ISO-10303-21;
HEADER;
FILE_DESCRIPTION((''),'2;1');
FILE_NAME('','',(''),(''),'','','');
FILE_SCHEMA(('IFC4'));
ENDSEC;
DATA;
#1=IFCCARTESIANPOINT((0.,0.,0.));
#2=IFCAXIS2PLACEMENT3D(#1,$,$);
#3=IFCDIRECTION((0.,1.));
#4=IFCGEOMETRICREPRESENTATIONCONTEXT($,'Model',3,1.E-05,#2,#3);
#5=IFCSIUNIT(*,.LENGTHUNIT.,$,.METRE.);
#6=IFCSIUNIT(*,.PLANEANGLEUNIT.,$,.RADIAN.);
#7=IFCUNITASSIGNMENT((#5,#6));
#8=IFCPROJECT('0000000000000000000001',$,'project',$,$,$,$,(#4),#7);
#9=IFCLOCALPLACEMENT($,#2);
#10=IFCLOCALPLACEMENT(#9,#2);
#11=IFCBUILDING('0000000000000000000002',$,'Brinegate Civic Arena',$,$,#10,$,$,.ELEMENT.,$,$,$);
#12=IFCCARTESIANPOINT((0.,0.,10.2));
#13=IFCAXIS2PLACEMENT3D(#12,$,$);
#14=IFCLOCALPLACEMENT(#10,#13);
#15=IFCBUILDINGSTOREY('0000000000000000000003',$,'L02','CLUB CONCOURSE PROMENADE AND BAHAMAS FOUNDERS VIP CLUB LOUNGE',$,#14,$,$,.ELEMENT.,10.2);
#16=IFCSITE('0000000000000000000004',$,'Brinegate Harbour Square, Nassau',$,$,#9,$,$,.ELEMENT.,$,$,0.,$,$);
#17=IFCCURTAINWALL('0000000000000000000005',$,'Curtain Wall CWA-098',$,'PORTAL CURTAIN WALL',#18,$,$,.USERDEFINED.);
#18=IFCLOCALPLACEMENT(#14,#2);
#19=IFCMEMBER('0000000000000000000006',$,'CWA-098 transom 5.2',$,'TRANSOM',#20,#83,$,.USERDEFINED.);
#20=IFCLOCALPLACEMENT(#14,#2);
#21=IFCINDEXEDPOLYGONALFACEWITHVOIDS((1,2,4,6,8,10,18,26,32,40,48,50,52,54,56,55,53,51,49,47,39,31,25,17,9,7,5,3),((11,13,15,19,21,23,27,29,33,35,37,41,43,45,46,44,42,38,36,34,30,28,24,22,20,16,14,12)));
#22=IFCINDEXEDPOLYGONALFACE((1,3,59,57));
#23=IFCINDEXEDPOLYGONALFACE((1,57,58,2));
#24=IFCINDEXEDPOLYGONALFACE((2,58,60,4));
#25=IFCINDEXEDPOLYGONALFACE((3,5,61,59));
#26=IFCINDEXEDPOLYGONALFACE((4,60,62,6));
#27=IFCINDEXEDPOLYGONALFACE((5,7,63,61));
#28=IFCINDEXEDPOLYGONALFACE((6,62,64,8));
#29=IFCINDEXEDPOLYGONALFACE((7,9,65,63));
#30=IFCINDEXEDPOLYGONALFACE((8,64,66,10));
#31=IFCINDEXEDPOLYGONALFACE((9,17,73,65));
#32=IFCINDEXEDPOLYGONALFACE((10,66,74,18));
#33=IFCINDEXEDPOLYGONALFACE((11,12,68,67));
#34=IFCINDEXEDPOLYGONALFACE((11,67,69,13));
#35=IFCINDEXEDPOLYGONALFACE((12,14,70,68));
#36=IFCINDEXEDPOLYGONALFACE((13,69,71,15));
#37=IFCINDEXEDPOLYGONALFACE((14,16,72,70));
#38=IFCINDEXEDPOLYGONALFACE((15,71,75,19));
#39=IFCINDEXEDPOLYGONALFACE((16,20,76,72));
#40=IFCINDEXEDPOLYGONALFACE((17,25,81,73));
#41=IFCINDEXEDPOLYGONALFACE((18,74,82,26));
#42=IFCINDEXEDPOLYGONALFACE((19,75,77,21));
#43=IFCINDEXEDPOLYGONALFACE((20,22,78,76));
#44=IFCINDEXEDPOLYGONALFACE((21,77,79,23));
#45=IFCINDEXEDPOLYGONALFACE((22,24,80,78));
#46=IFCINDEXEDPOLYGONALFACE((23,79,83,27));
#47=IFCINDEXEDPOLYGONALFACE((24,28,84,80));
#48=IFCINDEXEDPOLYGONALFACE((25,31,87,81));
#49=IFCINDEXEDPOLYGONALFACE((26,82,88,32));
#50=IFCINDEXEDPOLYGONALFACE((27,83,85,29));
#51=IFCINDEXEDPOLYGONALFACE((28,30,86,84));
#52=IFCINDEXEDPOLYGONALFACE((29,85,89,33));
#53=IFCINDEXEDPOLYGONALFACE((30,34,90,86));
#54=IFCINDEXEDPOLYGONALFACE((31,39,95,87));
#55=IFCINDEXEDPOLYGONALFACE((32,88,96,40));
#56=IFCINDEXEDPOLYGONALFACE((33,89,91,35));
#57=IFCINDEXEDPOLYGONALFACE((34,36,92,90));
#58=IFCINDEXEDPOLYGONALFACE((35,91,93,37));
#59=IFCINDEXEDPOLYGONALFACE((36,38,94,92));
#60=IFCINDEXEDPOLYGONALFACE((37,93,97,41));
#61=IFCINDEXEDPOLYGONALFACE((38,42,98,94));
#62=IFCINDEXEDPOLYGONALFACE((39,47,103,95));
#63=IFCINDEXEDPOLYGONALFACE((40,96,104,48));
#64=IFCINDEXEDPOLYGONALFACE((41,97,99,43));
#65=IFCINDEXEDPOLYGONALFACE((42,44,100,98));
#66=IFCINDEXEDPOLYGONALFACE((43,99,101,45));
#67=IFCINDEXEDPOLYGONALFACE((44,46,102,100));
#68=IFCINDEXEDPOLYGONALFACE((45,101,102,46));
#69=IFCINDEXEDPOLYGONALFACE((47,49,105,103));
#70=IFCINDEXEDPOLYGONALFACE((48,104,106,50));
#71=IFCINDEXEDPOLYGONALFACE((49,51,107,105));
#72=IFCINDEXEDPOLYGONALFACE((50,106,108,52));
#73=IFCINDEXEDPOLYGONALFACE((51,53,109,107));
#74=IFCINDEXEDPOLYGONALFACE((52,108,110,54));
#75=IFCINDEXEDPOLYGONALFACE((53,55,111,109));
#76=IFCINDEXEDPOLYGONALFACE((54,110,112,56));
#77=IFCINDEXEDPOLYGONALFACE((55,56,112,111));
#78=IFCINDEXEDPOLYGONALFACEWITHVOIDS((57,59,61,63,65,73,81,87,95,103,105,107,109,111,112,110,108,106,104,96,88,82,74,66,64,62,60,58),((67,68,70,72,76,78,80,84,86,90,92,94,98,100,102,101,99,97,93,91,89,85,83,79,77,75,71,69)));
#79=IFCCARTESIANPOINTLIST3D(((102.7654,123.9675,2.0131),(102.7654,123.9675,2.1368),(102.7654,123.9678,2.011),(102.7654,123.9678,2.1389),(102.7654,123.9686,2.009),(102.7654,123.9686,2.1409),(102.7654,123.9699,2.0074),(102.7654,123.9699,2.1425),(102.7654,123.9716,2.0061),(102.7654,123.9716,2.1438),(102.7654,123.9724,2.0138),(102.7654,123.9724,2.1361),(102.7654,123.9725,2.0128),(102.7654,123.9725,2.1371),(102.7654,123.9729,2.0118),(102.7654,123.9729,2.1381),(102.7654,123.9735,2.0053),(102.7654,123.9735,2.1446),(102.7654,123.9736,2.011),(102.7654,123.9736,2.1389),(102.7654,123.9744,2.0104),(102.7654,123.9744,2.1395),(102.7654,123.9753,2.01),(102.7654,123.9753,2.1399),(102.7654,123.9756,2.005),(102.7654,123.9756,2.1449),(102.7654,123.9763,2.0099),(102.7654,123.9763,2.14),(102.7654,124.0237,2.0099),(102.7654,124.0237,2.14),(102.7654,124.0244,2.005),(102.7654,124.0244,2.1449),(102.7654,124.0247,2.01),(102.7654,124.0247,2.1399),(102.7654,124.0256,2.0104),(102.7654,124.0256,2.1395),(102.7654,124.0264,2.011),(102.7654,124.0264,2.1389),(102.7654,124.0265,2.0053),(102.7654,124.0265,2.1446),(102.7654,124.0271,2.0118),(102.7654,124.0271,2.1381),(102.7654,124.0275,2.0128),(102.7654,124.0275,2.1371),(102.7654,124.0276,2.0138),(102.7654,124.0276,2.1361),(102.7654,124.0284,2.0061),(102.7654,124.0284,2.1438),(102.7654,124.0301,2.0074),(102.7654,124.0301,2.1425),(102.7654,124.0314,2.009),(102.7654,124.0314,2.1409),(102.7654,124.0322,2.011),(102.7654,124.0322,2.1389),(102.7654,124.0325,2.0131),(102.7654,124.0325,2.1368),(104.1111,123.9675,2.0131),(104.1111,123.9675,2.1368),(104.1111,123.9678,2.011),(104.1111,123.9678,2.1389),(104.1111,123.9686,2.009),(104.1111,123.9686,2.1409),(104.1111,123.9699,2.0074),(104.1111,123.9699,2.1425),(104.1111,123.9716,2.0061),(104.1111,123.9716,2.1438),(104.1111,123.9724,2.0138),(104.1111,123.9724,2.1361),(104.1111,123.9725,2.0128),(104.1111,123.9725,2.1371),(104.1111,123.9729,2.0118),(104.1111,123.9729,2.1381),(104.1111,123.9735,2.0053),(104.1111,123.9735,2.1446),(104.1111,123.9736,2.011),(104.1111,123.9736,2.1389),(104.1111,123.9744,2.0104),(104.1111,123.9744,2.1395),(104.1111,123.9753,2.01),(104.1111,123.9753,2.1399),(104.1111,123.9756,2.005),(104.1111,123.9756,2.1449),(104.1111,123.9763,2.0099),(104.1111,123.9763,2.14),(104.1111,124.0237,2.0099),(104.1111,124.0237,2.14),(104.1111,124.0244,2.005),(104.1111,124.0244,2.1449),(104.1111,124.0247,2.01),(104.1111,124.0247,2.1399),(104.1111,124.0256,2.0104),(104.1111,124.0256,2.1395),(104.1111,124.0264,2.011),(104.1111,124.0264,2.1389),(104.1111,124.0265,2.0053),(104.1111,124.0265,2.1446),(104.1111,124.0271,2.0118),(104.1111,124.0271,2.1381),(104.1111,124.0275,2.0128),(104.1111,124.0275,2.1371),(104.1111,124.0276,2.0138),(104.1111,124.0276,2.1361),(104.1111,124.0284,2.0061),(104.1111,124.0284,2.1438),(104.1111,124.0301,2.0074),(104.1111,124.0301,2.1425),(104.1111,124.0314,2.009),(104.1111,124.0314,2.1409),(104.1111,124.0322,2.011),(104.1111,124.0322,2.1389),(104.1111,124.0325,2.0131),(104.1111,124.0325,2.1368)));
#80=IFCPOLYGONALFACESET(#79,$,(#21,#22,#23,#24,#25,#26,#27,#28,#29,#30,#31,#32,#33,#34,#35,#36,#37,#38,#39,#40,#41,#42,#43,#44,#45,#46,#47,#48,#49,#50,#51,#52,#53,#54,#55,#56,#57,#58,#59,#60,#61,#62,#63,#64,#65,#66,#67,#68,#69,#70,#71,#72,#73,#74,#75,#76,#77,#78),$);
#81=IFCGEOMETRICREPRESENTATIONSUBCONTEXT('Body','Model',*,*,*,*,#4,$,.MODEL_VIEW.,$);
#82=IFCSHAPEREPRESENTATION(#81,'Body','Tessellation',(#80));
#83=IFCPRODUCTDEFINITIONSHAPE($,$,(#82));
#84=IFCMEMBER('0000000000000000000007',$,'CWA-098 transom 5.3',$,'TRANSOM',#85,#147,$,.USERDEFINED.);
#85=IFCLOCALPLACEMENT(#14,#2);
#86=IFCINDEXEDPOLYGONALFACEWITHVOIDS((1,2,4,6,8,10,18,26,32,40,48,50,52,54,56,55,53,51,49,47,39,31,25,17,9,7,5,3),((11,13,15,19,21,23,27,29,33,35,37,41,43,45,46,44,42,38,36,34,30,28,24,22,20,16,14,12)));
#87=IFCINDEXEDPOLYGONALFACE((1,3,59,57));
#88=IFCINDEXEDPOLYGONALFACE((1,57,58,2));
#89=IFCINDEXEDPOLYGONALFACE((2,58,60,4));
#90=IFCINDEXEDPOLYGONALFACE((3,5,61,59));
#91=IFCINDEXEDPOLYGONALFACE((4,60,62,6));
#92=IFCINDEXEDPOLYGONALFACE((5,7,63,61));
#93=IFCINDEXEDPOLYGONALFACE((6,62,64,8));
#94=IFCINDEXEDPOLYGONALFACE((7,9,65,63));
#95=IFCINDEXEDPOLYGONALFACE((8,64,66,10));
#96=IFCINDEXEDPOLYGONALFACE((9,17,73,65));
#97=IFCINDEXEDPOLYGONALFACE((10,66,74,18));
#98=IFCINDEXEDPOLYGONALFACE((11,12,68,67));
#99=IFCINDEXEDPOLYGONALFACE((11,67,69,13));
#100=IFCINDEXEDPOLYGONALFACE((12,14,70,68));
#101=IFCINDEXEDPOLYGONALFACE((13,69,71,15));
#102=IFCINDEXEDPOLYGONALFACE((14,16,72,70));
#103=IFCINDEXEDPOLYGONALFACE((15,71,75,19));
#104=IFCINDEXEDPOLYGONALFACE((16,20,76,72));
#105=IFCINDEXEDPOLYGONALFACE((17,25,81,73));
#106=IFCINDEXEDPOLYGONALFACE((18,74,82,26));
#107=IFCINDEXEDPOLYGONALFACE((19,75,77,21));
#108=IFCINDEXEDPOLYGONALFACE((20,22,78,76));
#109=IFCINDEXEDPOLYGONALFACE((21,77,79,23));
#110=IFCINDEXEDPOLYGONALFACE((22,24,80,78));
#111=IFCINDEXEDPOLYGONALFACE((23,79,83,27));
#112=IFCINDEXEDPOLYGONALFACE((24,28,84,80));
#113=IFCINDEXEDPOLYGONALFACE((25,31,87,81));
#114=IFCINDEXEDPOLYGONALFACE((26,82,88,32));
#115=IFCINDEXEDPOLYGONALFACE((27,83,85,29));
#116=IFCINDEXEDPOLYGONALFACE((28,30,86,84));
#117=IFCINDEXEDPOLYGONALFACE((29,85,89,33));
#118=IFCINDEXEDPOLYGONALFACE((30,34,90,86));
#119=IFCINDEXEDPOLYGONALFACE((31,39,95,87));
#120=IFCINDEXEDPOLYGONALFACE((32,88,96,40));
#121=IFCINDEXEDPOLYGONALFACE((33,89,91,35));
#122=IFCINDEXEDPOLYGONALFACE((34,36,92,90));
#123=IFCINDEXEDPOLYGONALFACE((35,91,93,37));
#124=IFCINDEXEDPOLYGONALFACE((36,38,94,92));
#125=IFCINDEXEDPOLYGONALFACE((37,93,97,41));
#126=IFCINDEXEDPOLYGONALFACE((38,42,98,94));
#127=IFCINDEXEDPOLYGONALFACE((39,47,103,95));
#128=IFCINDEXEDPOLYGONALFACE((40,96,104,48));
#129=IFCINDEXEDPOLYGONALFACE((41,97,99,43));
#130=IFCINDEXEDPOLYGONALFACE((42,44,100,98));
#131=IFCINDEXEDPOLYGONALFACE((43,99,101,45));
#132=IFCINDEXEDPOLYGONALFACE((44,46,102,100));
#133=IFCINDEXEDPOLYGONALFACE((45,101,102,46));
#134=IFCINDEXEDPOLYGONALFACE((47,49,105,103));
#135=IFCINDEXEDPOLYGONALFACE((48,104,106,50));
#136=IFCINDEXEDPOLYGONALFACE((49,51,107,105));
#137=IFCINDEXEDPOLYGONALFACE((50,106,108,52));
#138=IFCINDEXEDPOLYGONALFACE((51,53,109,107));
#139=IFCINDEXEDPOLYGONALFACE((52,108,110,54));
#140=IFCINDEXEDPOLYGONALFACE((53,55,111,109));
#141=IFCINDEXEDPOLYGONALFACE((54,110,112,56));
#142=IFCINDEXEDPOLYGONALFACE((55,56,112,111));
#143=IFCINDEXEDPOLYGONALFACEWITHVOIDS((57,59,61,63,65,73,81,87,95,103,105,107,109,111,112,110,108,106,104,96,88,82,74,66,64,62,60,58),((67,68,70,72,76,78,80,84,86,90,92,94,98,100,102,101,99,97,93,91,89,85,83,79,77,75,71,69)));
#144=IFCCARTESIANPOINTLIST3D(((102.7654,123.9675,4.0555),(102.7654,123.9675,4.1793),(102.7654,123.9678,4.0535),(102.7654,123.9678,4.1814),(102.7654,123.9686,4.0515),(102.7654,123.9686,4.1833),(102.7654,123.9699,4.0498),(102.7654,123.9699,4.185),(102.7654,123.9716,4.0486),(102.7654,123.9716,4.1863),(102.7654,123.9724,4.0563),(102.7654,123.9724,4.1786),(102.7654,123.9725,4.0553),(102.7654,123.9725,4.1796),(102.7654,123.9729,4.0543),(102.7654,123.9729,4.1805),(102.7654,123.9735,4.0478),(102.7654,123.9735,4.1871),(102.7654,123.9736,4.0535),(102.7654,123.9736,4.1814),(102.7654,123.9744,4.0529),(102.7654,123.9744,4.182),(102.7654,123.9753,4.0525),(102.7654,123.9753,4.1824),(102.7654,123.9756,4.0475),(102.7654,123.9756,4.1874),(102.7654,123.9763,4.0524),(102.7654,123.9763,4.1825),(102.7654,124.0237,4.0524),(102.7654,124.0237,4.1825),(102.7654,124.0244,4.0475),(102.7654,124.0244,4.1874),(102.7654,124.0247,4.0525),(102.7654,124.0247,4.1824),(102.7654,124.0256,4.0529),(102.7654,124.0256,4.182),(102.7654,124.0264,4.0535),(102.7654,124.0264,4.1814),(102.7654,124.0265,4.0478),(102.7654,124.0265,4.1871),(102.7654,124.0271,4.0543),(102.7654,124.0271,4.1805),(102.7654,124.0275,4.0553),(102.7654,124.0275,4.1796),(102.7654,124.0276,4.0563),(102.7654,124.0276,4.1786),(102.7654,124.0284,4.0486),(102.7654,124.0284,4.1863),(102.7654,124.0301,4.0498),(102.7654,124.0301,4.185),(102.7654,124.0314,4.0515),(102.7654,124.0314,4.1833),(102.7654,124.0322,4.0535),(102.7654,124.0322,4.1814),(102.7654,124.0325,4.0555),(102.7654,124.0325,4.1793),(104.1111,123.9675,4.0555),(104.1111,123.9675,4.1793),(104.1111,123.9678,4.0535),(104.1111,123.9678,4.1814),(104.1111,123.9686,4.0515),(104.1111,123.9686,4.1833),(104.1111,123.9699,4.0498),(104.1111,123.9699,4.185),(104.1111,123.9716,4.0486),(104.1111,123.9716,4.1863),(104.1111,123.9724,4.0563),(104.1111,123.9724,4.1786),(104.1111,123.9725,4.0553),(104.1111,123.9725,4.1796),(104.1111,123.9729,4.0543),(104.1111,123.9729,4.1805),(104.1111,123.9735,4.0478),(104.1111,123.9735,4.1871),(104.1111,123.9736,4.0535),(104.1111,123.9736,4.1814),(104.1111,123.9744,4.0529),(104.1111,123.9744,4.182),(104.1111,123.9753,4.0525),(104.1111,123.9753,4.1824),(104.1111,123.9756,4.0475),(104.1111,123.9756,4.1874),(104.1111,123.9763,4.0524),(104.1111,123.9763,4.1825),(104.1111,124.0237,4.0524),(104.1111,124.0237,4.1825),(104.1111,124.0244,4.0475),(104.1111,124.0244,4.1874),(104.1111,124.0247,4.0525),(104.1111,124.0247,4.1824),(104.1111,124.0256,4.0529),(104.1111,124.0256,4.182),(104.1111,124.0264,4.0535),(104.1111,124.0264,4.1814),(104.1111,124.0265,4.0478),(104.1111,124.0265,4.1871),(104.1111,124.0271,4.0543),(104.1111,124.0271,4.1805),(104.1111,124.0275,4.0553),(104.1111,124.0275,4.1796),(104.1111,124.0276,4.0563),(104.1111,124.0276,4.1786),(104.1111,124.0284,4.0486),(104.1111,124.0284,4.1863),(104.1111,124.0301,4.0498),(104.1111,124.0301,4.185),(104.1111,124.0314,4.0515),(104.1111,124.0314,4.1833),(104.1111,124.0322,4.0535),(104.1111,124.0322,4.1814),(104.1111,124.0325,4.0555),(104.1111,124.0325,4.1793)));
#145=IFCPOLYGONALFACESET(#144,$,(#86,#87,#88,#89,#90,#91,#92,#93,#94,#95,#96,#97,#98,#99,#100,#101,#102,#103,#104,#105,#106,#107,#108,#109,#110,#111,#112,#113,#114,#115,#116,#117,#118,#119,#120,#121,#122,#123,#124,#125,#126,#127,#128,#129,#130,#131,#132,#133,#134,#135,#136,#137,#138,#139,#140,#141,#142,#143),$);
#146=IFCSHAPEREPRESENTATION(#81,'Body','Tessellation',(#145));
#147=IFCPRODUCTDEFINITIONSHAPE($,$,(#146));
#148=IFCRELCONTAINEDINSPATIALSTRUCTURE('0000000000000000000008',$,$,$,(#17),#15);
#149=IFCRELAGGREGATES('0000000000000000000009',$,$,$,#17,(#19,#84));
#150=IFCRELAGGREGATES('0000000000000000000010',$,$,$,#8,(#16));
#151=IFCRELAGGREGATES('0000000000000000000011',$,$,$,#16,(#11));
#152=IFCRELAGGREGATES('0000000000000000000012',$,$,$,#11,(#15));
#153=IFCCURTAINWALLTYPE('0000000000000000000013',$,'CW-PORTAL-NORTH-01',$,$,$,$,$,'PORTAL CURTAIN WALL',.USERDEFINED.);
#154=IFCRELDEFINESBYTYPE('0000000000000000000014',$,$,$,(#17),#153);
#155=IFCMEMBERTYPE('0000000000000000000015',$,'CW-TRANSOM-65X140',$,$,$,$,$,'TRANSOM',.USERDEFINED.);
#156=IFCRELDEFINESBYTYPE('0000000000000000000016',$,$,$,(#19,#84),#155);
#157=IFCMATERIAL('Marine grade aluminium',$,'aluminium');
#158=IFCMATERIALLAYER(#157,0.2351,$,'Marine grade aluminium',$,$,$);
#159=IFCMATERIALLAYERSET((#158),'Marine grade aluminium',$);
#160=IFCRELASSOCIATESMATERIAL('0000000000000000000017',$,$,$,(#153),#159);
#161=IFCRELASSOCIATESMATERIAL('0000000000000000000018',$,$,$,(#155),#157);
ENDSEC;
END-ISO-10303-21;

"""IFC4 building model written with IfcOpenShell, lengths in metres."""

from ifc_helpers import new_model, si_unit, direction, frame, origin, origin_2d, place, context, subcontext, project, spatial, hollow_rectangle, extrude, material, layer, layer_set, material_profile, profile_set, type_object, element, aggregate, save


model = new_model("IFC4")

# Units and contexts
model_context = context("Model", 3, precision=1e-05, world=origin(), true_north=direction((0.0, 1.0)))
body_context = subcontext(model_context, "Body", "Model", "MODEL_VIEW")
ifc_project = project(units=[si_unit("LENGTHUNIT", "METRE"), si_unit("PLANEANGLEUNIT", "RADIAN")], contexts=[model_context])

# Site, building, storey
site_placement = place(None, origin())
site = spatial("IfcSite", under=ifc_project, at=site_placement, Name="Brinegate Harbour Square, Nassau", CompositionType="ELEMENT", RefElevation=0.0)
building_placement = place(site_placement, origin())
building = spatial("IfcBuilding", under=site, at=building_placement, Name="Brinegate Civic Arena", CompositionType="ELEMENT")
storey_placement = place(building_placement, frame((0.0, 0.0, 10.2)))
storey = spatial("IfcBuildingStorey", under=building, at=storey_placement, Name="L02", Description="CLUB CONCOURSE PROMENADE AND BAHAMAS FOUNDERS VIP CLUB LOUNGE", CompositionType="ELEMENT", Elevation=10.2)

# Curtain wall, members
ifc_material_1 = material(Name="Marine grade aluminium", Category="aluminium")
ifc_layer_1 = layer(ifc_material_1, 0.2351, Name="Marine grade aluminium")
ifc_layer_set_1 = layer_set([ifc_layer_1], Name="Marine grade aluminium")
curtain_wall_type = type_object("IfcCurtainWallType", Name="CW-PORTAL-NORTH-01", ElementType="PORTAL CURTAIN WALL", PredefinedType="USERDEFINED", material=ifc_layer_set_1)
curtain_wall_placement = place(storey_placement, origin())
curtain_wall = element("IfcCurtainWall", 1, at=curtain_wall_placement, inside=storey, type_object=curtain_wall_type, Name="Curtain Wall CWA-098", ObjectType="PORTAL CURTAIN WALL", PredefinedType="USERDEFINED")
ifc_material_profile_1 = material_profile(ifc_material_1, hollow_rectangle(XDim=0.0649, YDim=0.1399, WallThickness=0.0049, InnerFilletRadius=0.0039, OuterFilletRadius=0.0081, at=origin_2d()), Name="TRN65X140")
ifc_profile_set_1 = profile_set([ifc_material_profile_1], Name="Marine grade aluminium")
member_type_1 = type_object("IfcMemberType", Name="CW-TRANSOM-65X140", ElementType="TRANSOM", PredefinedType="USERDEFINED", material=ifc_profile_set_1)
member_1_placement = place(storey_placement, frame((102.7654, 124.0, 2.075), z_axis=(1.0, 0.0, 0.0), x_axis=(0.0, 1.0, 0.0)))
member_1 = element("IfcMember", 2, at=member_1_placement, type_object=member_type_1, Name="CWA-098 transom 5.2", ObjectType="TRANSOM", PredefinedType="USERDEFINED", context=body_context, shape_type="SweptSolid", body=[
    extrude(hollow_rectangle(XDim=0.0649, YDim=0.1399, WallThickness=0.0049, InnerFilletRadius=0.0039, OuterFilletRadius=0.0081, at=origin_2d()), origin(), (0.0, 0.0, 1.0), 1.3457),
])
member_2_placement = place(storey_placement, frame((102.7654, 124.0, 4.1174), z_axis=(1.0, 0.0, 0.0), x_axis=(0.0, 1.0, 0.0)))
member_2 = element("IfcMember", 3, at=member_2_placement, type_object=member_type_1, Name="CWA-098 transom 5.3", ObjectType="TRANSOM", PredefinedType="USERDEFINED", context=body_context, shape_type="SweptSolid", body=[
    extrude(hollow_rectangle(XDim=0.0649, YDim=0.1399, WallThickness=0.0049, InnerFilletRadius=0.0039, OuterFilletRadius=0.0081, at=origin_2d()), origin(), (0.0, 0.0, 1.0), 1.3457),
])

aggregate(curtain_wall, [member_1, member_2])

save(model, "model.ifc")
